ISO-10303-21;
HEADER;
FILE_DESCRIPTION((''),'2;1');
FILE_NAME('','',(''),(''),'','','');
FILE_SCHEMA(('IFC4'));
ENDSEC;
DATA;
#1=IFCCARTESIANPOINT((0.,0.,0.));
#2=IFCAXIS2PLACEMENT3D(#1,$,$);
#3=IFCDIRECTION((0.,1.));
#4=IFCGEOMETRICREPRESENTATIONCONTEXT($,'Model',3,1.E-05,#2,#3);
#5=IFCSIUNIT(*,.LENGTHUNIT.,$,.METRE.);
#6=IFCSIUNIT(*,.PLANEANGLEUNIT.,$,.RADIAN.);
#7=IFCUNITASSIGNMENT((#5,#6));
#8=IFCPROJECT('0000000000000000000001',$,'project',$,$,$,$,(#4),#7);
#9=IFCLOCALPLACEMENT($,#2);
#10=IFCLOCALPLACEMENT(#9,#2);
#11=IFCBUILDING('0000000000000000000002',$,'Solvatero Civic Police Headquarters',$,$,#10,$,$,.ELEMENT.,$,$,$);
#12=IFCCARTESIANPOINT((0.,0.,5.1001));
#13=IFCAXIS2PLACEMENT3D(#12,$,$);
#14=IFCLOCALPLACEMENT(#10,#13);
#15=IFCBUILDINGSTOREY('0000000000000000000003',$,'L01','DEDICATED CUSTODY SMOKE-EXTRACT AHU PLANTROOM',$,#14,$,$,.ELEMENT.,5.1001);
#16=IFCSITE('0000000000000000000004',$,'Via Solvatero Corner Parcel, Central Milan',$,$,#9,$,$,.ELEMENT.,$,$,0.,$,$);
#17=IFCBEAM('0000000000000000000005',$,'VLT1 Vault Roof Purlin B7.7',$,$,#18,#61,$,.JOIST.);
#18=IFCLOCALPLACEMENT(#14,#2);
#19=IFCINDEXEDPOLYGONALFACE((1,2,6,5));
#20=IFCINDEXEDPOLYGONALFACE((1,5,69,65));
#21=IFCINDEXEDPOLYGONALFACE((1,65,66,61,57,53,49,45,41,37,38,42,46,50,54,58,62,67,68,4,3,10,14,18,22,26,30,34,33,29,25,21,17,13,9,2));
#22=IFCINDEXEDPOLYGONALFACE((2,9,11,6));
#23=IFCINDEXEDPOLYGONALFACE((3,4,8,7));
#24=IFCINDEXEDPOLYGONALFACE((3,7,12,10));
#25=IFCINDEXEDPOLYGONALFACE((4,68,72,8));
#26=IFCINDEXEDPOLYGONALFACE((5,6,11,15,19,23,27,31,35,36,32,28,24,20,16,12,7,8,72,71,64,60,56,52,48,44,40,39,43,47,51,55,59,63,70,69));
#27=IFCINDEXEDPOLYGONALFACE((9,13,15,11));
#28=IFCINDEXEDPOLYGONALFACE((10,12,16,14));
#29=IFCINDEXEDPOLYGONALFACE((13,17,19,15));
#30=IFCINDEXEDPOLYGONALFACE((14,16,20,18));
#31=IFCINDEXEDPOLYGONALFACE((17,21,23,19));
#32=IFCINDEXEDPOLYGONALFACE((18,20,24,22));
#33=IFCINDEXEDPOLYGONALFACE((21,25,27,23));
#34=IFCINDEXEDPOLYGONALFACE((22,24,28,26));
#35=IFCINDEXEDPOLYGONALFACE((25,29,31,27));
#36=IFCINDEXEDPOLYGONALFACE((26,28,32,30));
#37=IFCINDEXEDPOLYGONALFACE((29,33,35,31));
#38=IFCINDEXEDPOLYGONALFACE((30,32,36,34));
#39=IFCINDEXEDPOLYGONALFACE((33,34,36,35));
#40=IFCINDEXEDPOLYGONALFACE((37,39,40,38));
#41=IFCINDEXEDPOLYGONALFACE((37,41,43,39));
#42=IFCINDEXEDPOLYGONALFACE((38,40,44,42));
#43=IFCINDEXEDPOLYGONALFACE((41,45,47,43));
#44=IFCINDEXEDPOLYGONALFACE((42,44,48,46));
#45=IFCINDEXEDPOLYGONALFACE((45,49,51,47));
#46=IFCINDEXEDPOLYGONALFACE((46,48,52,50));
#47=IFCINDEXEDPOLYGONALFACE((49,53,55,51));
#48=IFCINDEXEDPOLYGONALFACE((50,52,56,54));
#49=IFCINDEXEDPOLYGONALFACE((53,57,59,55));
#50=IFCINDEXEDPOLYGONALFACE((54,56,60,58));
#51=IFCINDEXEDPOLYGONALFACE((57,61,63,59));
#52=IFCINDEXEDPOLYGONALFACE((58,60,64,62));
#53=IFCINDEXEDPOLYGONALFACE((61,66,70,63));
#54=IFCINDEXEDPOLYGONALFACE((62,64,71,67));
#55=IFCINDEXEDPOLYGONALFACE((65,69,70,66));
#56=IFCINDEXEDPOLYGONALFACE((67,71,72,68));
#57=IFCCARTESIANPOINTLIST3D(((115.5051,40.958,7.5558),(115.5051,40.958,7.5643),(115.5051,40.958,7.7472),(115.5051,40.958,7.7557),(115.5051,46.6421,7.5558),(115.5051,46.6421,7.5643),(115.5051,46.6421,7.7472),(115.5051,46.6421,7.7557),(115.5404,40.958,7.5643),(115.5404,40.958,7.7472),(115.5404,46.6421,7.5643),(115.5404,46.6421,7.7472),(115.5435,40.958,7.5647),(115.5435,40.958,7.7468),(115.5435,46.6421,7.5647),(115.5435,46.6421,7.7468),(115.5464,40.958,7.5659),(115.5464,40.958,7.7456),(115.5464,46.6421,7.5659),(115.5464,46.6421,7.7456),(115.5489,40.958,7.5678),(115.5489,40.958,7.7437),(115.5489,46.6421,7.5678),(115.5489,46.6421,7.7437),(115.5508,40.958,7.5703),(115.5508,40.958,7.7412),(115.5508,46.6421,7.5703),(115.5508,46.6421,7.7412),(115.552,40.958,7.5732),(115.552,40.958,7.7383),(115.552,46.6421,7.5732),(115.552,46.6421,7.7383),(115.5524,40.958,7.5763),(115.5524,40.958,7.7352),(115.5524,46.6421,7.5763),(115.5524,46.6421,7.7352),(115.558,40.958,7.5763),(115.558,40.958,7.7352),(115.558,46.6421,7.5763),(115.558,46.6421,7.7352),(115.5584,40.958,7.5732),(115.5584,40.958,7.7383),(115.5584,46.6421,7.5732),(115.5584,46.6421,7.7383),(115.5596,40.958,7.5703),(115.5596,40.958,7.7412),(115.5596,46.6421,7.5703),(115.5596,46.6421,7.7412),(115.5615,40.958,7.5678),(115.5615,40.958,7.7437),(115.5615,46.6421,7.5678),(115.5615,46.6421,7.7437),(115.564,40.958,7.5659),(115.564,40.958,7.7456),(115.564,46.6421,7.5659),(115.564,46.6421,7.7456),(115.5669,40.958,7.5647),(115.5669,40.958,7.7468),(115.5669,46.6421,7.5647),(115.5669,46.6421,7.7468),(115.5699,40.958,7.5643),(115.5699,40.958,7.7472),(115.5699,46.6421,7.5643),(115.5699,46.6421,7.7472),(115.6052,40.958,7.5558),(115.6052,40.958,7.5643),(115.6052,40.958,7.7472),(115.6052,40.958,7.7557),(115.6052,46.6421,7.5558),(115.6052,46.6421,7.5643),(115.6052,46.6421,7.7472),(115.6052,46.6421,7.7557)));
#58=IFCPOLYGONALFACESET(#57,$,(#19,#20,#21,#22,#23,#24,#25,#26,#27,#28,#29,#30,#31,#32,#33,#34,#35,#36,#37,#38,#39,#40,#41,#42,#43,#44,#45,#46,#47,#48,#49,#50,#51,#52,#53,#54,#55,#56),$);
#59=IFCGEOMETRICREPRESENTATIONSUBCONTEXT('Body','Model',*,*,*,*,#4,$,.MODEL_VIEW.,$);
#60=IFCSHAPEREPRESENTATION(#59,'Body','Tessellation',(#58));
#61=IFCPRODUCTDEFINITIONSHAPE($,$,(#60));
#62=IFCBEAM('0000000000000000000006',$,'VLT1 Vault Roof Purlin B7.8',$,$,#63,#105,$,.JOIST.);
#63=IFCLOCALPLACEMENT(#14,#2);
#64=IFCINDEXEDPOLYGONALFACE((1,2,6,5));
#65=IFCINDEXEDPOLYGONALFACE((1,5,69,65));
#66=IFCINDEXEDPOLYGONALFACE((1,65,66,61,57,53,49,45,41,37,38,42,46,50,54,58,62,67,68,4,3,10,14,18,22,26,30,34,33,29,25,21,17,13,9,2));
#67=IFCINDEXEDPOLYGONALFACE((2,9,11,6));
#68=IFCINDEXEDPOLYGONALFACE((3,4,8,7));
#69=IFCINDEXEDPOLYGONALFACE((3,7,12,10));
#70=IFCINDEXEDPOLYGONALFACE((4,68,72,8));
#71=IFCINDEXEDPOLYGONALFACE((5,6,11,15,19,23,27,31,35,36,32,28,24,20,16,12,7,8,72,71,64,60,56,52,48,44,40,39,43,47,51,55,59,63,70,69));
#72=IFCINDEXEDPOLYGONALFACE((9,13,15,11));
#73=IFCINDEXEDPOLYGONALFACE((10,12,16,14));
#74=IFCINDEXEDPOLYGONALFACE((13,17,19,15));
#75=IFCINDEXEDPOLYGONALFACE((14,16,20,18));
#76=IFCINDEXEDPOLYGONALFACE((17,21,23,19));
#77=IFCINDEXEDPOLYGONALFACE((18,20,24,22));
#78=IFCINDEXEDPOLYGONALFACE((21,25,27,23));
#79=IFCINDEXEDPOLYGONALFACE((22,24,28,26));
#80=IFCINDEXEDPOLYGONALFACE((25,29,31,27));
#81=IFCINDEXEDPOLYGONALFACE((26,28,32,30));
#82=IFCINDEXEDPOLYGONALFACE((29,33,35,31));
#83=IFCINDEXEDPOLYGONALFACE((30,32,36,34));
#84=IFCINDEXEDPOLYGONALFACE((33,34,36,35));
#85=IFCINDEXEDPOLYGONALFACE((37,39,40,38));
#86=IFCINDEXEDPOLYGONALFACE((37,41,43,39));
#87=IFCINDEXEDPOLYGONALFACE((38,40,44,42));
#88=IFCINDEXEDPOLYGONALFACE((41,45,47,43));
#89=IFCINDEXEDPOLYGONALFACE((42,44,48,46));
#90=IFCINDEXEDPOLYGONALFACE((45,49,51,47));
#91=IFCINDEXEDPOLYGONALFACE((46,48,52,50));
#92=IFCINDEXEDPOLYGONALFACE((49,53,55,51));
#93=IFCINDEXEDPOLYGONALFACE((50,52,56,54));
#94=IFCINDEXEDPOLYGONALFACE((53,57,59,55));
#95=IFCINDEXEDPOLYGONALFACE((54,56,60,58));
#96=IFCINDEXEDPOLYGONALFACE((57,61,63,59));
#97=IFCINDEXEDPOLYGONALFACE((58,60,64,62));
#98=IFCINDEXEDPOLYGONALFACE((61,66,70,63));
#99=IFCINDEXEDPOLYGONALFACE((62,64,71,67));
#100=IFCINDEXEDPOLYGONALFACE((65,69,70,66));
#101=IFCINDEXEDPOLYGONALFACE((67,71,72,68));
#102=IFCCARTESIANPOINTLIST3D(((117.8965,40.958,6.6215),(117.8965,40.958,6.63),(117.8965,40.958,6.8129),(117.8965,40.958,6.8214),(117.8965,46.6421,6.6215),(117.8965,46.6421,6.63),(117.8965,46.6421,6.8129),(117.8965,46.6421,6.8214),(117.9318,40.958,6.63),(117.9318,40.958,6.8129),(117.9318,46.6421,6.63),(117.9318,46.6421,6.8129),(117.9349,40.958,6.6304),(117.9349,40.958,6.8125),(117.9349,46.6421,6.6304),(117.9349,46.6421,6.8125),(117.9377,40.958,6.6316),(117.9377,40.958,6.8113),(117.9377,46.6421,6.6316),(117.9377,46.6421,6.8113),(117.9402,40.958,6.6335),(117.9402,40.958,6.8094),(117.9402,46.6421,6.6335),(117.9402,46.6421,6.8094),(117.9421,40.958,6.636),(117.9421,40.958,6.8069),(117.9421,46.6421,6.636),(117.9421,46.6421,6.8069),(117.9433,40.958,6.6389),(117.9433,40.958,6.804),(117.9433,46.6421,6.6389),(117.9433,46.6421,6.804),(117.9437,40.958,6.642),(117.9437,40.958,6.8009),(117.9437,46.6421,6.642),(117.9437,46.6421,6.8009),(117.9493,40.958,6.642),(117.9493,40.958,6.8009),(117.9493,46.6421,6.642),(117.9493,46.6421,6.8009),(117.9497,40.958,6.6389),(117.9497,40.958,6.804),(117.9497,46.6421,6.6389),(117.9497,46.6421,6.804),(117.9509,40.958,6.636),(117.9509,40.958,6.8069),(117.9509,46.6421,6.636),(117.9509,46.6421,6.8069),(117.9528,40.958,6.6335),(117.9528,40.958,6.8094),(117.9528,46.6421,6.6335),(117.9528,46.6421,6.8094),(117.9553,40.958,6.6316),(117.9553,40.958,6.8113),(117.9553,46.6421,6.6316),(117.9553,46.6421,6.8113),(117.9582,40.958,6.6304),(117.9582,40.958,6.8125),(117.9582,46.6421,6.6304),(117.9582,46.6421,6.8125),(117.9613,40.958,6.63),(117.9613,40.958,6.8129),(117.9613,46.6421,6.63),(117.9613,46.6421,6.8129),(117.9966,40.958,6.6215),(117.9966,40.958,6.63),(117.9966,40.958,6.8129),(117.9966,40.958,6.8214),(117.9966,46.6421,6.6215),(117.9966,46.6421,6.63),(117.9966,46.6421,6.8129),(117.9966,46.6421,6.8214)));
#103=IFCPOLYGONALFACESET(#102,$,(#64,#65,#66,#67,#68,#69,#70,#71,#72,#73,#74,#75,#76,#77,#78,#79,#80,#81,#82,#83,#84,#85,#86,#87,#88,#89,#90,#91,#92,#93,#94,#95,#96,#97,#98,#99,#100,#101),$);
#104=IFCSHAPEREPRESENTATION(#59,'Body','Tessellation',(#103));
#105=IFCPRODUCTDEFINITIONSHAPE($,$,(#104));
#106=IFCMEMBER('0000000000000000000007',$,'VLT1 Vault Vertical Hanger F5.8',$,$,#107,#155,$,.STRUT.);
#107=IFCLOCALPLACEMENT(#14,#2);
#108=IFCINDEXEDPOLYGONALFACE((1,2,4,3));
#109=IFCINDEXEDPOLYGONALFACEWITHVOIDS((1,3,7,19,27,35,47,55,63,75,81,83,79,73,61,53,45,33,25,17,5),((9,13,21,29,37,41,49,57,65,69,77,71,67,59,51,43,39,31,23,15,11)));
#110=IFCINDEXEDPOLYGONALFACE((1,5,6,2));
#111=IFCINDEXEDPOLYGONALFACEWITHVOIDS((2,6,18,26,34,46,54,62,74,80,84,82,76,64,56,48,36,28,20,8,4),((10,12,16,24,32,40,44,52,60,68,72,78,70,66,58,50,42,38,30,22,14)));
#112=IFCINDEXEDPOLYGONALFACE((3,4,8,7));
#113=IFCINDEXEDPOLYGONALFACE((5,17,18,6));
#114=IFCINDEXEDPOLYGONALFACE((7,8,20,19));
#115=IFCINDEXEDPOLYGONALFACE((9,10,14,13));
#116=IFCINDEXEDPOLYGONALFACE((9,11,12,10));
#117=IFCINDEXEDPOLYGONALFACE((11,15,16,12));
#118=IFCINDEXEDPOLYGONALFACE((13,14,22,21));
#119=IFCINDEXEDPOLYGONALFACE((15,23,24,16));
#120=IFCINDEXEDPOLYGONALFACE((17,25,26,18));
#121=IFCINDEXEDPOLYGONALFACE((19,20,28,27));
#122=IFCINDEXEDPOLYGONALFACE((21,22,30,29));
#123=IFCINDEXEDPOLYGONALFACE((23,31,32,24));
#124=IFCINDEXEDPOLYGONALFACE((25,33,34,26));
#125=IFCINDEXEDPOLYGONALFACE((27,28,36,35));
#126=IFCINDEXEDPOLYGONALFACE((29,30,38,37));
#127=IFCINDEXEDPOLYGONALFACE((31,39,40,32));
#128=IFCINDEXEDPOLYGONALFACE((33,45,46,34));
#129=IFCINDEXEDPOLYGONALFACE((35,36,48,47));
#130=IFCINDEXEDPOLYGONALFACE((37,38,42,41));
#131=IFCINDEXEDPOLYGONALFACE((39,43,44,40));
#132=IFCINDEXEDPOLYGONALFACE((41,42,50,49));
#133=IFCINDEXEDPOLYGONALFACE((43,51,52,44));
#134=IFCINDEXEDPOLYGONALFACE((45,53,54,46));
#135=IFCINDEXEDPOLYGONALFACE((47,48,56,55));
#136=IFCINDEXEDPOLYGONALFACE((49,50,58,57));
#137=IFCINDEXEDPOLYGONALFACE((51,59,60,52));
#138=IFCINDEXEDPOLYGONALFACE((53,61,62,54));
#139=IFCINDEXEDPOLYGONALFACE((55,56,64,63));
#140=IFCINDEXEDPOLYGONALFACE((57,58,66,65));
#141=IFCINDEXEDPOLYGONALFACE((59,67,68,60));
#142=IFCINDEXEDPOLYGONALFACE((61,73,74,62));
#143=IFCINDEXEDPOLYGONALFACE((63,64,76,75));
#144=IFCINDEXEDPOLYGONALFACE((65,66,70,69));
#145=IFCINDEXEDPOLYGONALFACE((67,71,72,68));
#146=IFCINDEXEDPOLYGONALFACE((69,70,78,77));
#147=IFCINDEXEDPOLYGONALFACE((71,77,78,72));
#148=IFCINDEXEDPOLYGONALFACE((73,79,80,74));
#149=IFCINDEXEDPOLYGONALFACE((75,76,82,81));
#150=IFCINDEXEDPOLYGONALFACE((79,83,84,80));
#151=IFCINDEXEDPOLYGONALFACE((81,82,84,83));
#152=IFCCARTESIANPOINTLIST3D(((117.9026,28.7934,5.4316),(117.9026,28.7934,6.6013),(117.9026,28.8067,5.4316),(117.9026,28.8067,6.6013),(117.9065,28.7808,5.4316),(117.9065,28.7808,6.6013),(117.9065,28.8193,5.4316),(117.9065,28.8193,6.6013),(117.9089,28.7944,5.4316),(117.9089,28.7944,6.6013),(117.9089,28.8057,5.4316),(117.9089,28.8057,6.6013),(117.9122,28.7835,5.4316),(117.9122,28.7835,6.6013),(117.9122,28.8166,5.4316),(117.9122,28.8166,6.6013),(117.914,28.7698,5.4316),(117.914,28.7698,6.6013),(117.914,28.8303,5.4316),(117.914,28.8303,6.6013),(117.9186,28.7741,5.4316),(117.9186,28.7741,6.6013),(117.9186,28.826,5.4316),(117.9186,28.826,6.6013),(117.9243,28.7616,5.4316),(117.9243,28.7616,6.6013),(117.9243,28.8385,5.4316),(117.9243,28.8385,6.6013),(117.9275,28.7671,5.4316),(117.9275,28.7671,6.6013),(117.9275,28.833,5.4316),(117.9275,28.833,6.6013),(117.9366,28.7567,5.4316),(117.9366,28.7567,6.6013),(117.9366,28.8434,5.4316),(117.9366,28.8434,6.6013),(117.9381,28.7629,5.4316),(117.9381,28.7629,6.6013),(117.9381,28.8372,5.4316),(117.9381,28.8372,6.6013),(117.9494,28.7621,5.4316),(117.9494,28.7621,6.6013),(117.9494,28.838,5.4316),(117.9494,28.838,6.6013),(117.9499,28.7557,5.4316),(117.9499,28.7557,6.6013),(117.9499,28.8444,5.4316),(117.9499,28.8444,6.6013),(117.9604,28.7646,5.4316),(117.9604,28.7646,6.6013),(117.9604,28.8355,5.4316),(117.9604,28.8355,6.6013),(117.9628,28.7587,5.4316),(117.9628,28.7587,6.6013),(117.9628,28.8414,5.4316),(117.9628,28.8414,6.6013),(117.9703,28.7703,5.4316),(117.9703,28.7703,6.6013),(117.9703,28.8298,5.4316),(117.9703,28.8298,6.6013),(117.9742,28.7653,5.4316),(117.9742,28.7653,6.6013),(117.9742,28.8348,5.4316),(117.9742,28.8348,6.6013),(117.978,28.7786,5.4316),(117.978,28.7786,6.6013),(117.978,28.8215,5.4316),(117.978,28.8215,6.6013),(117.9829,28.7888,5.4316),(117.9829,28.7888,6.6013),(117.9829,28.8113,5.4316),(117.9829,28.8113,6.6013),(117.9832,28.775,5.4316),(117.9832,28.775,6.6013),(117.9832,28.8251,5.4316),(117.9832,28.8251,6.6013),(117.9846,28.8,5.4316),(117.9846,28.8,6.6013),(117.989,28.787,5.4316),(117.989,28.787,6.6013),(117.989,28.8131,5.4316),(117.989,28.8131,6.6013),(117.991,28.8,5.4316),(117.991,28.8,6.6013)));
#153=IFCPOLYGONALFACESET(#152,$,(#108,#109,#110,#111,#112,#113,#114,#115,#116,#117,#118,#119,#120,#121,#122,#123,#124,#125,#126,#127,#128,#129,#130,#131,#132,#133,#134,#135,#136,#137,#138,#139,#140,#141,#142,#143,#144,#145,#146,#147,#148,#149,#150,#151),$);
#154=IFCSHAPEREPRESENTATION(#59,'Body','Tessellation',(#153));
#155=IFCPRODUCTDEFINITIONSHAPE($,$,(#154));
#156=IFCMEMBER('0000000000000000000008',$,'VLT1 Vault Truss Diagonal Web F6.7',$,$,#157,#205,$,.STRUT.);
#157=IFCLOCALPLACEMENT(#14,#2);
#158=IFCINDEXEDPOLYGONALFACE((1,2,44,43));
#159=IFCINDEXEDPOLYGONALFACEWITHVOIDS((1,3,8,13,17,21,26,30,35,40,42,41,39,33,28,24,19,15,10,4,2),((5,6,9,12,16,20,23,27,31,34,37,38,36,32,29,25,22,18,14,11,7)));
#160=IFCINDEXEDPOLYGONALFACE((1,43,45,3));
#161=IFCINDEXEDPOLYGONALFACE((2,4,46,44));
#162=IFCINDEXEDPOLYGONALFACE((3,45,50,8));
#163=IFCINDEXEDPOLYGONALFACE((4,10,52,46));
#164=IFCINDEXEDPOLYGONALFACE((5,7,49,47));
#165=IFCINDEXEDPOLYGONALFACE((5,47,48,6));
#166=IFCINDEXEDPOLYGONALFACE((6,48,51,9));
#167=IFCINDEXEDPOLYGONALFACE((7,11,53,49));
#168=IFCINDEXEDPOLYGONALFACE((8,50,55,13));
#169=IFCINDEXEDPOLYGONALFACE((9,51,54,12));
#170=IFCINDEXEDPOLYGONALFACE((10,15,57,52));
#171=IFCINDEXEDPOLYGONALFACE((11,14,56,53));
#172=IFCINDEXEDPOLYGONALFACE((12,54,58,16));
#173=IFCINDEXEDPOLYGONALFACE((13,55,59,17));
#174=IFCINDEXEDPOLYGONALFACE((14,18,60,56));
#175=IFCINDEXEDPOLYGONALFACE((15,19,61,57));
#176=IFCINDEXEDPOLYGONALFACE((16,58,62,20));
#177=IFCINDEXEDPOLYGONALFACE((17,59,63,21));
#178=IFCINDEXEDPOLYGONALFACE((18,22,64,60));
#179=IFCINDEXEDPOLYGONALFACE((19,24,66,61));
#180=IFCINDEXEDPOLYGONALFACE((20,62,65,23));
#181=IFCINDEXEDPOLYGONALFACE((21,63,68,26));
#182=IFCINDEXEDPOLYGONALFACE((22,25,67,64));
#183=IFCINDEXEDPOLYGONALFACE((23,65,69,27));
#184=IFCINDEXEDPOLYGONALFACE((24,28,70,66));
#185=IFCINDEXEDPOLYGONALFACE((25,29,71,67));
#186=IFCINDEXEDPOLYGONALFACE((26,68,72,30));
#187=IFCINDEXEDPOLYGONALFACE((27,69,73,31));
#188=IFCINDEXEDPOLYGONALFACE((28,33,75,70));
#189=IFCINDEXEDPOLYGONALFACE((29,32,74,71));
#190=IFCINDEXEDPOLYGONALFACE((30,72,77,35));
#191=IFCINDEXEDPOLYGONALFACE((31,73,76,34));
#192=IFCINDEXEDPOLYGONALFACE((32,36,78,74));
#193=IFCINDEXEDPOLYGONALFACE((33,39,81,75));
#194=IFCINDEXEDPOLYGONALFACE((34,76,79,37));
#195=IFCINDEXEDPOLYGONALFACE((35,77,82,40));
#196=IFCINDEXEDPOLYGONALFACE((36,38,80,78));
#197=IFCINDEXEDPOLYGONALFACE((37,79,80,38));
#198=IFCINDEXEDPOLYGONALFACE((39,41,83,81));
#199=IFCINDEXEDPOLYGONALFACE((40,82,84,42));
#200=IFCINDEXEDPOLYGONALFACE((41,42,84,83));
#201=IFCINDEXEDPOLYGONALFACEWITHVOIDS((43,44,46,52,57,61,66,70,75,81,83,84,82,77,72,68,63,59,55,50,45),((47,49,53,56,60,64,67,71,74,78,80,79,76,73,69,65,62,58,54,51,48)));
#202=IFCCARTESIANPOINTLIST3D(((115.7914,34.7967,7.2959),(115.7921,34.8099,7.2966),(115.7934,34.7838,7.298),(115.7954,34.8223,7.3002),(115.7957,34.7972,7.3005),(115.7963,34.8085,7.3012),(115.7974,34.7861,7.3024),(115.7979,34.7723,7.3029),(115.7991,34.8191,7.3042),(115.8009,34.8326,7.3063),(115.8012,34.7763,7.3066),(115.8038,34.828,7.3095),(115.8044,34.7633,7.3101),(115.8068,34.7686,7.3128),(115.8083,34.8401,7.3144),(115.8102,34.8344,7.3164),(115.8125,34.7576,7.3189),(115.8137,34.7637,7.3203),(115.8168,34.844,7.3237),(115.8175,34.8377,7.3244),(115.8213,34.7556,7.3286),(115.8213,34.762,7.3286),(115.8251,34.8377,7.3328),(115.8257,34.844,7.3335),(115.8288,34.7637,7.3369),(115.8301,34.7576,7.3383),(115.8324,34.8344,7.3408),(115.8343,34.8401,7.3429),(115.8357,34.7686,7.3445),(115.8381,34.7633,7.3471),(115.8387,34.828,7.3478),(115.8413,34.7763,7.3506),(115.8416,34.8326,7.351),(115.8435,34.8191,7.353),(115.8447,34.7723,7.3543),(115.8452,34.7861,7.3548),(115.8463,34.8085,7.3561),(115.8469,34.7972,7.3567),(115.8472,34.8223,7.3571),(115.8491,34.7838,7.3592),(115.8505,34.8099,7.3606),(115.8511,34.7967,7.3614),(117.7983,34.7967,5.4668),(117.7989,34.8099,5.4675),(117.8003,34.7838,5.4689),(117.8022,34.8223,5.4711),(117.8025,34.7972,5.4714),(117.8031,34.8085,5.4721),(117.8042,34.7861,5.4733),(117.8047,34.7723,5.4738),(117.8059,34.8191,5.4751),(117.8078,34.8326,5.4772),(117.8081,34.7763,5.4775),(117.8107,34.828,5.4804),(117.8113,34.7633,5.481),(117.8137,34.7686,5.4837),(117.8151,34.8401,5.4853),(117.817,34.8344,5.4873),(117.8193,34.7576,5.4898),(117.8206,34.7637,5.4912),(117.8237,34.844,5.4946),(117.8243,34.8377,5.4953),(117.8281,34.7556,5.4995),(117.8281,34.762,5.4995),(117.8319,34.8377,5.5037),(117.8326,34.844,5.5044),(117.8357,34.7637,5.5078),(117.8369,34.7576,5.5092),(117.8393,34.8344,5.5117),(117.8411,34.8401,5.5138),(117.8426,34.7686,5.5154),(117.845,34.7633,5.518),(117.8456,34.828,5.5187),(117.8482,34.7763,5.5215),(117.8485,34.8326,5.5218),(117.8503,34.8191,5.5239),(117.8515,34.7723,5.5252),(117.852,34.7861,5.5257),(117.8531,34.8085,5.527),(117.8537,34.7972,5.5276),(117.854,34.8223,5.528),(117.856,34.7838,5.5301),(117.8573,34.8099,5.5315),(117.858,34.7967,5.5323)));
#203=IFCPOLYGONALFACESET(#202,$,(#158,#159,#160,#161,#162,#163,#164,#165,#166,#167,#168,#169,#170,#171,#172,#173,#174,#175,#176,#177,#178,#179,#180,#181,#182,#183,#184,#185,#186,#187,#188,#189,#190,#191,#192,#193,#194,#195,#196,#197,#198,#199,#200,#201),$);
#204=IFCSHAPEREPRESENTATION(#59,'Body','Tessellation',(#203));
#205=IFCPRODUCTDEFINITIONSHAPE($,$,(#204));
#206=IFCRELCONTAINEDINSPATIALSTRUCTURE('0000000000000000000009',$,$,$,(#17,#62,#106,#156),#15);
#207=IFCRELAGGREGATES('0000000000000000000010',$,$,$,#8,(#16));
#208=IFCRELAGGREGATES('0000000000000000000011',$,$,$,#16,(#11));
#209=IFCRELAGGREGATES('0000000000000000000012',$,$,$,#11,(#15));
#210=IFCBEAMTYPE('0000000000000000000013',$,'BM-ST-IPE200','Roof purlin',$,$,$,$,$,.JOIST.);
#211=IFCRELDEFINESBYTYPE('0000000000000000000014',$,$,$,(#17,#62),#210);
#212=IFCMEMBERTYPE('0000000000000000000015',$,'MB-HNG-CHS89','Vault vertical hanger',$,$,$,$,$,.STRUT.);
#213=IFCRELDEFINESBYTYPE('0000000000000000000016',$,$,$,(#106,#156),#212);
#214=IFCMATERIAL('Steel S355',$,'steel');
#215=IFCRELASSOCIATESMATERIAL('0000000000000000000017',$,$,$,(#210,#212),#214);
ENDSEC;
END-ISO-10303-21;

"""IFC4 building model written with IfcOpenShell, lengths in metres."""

from ifc_helpers import new_model, si_unit, direction, frame, origin, origin_2d, place, context, subcontext, project, spatial, hollow_circle, i_section, extrude, material, material_profile, profile_set, type_object, element, save


model = new_model("IFC4")

# Units and contexts
model_context = context("Model", 3, precision=1e-05, world=origin(), true_north=direction((0.0, 1.0)))
body_context = subcontext(model_context, "Body", "Model", "MODEL_VIEW")
ifc_project = project(units=[si_unit("LENGTHUNIT", "METRE"), si_unit("PLANEANGLEUNIT", "RADIAN")], contexts=[model_context])

# Site, building, storey
site_placement = place(None, origin())
site = spatial("IfcSite", under=ifc_project, at=site_placement, Name="Via Solvatero Corner Parcel, Central Milan", CompositionType="ELEMENT", RefElevation=0.0)
building_placement = place(site_placement, origin())
building = spatial("IfcBuilding", under=site, at=building_placement, Name="Solvatero Civic Police Headquarters", CompositionType="ELEMENT")
storey_placement = place(building_placement, frame((0.0, 0.0, 5.1001)))
storey = spatial("IfcBuildingStorey", under=building, at=storey_placement, Name="L01", Description="DEDICATED CUSTODY SMOKE-EXTRACT AHU PLANTROOM", CompositionType="ELEMENT", Elevation=5.1001)

# Beams
ifc_material_1 = material(Name="Steel S355", Category="steel")
ifc_material_profile_1 = material_profile(ifc_material_1, i_section(OverallWidth=0.1001, OverallDepth=0.2, WebThickness=0.0056, FlangeThickness=0.0085, FilletRadius=0.012, at=origin_2d()), Name="IPE 200")
ifc_profile_set_1 = profile_set([ifc_material_profile_1], Name="Steel S355")
beam_type_1 = type_object("IfcBeamType", Name="BM-ST-IPE200", Description="Roof purlin", PredefinedType="JOIST", material=ifc_profile_set_1)
for number, where, z_axis, x_axis, name in (
    (1, (115.5552, 40.958, 7.6558), (0.0, 1.0, 0.0), (-1.0, 0.0, 0.0), "VLT1 Vault Roof Purlin B7.7"),
    (2, (117.9465, 40.958, 6.7214), (0.0, 1.0, 0.0), (-1.0, 0.0, 0.0), "VLT1 Vault Roof Purlin B7.8"),
):
    element("IfcBeam", number, at=place(storey_placement, frame(where, z_axis=z_axis, x_axis=x_axis)), inside=storey, type_object=beam_type_1, Name=name, PredefinedType="JOIST", context=body_context, shape_type="SweptSolid", body=[
        extrude(i_section(OverallWidth=0.1001, OverallDepth=0.2, WebThickness=0.0056, FlangeThickness=0.0085, FilletRadius=0.012, at=origin_2d()), origin(), (0.0, 0.0, 1.0), 5.6841),
    ])

# Members
ifc_material_profile_2 = material_profile(ifc_material_1, hollow_circle(Radius=0.0444, WallThickness=0.0063, at=origin_2d()), Name="CHS 88.9x6.3")
ifc_profile_set_2 = profile_set([ifc_material_profile_2], Name="Steel S355")
member_type_1 = type_object("IfcMemberType", Name="MB-HNG-CHS89", Description="Vault vertical hanger", PredefinedType="STRUT", material=ifc_profile_set_2)
member_1_placement = place(storey_placement, frame((117.9465, 28.8, 5.4316), z_axis=(0.0, 0.0, 1.0), x_axis=(1.0, 0.0, 0.0)))
element("IfcMember", 3, at=member_1_placement, inside=storey, type_object=member_type_1, Name="VLT1 Vault Vertical Hanger F5.8", PredefinedType="STRUT", context=body_context, shape_type="SweptSolid", body=[
    extrude(hollow_circle(Radius=0.0444, WallThickness=0.0063, at=origin_2d()), origin(), (0.0, 0.0, 1.0), 1.1697),
])
member_2_placement = place(storey_placement, frame((117.8281, 34.8, 5.4995), z_axis=(-0.739077, 0.0, 0.673621), x_axis=(0.0, -1.0, 0.0)))
element("IfcMember", 4, at=member_2_placement, inside=storey, type_object=member_type_1, Name="VLT1 Vault Truss Diagonal Web F6.7", PredefinedType="STRUT", context=body_context, shape_type="SweptSolid", body=[
    extrude(hollow_circle(Radius=0.0444, WallThickness=0.0063, at=origin_2d()), origin(), (0.0, 0.0, 1.0), 2.7153),
])

save(model, "model.ifc")
